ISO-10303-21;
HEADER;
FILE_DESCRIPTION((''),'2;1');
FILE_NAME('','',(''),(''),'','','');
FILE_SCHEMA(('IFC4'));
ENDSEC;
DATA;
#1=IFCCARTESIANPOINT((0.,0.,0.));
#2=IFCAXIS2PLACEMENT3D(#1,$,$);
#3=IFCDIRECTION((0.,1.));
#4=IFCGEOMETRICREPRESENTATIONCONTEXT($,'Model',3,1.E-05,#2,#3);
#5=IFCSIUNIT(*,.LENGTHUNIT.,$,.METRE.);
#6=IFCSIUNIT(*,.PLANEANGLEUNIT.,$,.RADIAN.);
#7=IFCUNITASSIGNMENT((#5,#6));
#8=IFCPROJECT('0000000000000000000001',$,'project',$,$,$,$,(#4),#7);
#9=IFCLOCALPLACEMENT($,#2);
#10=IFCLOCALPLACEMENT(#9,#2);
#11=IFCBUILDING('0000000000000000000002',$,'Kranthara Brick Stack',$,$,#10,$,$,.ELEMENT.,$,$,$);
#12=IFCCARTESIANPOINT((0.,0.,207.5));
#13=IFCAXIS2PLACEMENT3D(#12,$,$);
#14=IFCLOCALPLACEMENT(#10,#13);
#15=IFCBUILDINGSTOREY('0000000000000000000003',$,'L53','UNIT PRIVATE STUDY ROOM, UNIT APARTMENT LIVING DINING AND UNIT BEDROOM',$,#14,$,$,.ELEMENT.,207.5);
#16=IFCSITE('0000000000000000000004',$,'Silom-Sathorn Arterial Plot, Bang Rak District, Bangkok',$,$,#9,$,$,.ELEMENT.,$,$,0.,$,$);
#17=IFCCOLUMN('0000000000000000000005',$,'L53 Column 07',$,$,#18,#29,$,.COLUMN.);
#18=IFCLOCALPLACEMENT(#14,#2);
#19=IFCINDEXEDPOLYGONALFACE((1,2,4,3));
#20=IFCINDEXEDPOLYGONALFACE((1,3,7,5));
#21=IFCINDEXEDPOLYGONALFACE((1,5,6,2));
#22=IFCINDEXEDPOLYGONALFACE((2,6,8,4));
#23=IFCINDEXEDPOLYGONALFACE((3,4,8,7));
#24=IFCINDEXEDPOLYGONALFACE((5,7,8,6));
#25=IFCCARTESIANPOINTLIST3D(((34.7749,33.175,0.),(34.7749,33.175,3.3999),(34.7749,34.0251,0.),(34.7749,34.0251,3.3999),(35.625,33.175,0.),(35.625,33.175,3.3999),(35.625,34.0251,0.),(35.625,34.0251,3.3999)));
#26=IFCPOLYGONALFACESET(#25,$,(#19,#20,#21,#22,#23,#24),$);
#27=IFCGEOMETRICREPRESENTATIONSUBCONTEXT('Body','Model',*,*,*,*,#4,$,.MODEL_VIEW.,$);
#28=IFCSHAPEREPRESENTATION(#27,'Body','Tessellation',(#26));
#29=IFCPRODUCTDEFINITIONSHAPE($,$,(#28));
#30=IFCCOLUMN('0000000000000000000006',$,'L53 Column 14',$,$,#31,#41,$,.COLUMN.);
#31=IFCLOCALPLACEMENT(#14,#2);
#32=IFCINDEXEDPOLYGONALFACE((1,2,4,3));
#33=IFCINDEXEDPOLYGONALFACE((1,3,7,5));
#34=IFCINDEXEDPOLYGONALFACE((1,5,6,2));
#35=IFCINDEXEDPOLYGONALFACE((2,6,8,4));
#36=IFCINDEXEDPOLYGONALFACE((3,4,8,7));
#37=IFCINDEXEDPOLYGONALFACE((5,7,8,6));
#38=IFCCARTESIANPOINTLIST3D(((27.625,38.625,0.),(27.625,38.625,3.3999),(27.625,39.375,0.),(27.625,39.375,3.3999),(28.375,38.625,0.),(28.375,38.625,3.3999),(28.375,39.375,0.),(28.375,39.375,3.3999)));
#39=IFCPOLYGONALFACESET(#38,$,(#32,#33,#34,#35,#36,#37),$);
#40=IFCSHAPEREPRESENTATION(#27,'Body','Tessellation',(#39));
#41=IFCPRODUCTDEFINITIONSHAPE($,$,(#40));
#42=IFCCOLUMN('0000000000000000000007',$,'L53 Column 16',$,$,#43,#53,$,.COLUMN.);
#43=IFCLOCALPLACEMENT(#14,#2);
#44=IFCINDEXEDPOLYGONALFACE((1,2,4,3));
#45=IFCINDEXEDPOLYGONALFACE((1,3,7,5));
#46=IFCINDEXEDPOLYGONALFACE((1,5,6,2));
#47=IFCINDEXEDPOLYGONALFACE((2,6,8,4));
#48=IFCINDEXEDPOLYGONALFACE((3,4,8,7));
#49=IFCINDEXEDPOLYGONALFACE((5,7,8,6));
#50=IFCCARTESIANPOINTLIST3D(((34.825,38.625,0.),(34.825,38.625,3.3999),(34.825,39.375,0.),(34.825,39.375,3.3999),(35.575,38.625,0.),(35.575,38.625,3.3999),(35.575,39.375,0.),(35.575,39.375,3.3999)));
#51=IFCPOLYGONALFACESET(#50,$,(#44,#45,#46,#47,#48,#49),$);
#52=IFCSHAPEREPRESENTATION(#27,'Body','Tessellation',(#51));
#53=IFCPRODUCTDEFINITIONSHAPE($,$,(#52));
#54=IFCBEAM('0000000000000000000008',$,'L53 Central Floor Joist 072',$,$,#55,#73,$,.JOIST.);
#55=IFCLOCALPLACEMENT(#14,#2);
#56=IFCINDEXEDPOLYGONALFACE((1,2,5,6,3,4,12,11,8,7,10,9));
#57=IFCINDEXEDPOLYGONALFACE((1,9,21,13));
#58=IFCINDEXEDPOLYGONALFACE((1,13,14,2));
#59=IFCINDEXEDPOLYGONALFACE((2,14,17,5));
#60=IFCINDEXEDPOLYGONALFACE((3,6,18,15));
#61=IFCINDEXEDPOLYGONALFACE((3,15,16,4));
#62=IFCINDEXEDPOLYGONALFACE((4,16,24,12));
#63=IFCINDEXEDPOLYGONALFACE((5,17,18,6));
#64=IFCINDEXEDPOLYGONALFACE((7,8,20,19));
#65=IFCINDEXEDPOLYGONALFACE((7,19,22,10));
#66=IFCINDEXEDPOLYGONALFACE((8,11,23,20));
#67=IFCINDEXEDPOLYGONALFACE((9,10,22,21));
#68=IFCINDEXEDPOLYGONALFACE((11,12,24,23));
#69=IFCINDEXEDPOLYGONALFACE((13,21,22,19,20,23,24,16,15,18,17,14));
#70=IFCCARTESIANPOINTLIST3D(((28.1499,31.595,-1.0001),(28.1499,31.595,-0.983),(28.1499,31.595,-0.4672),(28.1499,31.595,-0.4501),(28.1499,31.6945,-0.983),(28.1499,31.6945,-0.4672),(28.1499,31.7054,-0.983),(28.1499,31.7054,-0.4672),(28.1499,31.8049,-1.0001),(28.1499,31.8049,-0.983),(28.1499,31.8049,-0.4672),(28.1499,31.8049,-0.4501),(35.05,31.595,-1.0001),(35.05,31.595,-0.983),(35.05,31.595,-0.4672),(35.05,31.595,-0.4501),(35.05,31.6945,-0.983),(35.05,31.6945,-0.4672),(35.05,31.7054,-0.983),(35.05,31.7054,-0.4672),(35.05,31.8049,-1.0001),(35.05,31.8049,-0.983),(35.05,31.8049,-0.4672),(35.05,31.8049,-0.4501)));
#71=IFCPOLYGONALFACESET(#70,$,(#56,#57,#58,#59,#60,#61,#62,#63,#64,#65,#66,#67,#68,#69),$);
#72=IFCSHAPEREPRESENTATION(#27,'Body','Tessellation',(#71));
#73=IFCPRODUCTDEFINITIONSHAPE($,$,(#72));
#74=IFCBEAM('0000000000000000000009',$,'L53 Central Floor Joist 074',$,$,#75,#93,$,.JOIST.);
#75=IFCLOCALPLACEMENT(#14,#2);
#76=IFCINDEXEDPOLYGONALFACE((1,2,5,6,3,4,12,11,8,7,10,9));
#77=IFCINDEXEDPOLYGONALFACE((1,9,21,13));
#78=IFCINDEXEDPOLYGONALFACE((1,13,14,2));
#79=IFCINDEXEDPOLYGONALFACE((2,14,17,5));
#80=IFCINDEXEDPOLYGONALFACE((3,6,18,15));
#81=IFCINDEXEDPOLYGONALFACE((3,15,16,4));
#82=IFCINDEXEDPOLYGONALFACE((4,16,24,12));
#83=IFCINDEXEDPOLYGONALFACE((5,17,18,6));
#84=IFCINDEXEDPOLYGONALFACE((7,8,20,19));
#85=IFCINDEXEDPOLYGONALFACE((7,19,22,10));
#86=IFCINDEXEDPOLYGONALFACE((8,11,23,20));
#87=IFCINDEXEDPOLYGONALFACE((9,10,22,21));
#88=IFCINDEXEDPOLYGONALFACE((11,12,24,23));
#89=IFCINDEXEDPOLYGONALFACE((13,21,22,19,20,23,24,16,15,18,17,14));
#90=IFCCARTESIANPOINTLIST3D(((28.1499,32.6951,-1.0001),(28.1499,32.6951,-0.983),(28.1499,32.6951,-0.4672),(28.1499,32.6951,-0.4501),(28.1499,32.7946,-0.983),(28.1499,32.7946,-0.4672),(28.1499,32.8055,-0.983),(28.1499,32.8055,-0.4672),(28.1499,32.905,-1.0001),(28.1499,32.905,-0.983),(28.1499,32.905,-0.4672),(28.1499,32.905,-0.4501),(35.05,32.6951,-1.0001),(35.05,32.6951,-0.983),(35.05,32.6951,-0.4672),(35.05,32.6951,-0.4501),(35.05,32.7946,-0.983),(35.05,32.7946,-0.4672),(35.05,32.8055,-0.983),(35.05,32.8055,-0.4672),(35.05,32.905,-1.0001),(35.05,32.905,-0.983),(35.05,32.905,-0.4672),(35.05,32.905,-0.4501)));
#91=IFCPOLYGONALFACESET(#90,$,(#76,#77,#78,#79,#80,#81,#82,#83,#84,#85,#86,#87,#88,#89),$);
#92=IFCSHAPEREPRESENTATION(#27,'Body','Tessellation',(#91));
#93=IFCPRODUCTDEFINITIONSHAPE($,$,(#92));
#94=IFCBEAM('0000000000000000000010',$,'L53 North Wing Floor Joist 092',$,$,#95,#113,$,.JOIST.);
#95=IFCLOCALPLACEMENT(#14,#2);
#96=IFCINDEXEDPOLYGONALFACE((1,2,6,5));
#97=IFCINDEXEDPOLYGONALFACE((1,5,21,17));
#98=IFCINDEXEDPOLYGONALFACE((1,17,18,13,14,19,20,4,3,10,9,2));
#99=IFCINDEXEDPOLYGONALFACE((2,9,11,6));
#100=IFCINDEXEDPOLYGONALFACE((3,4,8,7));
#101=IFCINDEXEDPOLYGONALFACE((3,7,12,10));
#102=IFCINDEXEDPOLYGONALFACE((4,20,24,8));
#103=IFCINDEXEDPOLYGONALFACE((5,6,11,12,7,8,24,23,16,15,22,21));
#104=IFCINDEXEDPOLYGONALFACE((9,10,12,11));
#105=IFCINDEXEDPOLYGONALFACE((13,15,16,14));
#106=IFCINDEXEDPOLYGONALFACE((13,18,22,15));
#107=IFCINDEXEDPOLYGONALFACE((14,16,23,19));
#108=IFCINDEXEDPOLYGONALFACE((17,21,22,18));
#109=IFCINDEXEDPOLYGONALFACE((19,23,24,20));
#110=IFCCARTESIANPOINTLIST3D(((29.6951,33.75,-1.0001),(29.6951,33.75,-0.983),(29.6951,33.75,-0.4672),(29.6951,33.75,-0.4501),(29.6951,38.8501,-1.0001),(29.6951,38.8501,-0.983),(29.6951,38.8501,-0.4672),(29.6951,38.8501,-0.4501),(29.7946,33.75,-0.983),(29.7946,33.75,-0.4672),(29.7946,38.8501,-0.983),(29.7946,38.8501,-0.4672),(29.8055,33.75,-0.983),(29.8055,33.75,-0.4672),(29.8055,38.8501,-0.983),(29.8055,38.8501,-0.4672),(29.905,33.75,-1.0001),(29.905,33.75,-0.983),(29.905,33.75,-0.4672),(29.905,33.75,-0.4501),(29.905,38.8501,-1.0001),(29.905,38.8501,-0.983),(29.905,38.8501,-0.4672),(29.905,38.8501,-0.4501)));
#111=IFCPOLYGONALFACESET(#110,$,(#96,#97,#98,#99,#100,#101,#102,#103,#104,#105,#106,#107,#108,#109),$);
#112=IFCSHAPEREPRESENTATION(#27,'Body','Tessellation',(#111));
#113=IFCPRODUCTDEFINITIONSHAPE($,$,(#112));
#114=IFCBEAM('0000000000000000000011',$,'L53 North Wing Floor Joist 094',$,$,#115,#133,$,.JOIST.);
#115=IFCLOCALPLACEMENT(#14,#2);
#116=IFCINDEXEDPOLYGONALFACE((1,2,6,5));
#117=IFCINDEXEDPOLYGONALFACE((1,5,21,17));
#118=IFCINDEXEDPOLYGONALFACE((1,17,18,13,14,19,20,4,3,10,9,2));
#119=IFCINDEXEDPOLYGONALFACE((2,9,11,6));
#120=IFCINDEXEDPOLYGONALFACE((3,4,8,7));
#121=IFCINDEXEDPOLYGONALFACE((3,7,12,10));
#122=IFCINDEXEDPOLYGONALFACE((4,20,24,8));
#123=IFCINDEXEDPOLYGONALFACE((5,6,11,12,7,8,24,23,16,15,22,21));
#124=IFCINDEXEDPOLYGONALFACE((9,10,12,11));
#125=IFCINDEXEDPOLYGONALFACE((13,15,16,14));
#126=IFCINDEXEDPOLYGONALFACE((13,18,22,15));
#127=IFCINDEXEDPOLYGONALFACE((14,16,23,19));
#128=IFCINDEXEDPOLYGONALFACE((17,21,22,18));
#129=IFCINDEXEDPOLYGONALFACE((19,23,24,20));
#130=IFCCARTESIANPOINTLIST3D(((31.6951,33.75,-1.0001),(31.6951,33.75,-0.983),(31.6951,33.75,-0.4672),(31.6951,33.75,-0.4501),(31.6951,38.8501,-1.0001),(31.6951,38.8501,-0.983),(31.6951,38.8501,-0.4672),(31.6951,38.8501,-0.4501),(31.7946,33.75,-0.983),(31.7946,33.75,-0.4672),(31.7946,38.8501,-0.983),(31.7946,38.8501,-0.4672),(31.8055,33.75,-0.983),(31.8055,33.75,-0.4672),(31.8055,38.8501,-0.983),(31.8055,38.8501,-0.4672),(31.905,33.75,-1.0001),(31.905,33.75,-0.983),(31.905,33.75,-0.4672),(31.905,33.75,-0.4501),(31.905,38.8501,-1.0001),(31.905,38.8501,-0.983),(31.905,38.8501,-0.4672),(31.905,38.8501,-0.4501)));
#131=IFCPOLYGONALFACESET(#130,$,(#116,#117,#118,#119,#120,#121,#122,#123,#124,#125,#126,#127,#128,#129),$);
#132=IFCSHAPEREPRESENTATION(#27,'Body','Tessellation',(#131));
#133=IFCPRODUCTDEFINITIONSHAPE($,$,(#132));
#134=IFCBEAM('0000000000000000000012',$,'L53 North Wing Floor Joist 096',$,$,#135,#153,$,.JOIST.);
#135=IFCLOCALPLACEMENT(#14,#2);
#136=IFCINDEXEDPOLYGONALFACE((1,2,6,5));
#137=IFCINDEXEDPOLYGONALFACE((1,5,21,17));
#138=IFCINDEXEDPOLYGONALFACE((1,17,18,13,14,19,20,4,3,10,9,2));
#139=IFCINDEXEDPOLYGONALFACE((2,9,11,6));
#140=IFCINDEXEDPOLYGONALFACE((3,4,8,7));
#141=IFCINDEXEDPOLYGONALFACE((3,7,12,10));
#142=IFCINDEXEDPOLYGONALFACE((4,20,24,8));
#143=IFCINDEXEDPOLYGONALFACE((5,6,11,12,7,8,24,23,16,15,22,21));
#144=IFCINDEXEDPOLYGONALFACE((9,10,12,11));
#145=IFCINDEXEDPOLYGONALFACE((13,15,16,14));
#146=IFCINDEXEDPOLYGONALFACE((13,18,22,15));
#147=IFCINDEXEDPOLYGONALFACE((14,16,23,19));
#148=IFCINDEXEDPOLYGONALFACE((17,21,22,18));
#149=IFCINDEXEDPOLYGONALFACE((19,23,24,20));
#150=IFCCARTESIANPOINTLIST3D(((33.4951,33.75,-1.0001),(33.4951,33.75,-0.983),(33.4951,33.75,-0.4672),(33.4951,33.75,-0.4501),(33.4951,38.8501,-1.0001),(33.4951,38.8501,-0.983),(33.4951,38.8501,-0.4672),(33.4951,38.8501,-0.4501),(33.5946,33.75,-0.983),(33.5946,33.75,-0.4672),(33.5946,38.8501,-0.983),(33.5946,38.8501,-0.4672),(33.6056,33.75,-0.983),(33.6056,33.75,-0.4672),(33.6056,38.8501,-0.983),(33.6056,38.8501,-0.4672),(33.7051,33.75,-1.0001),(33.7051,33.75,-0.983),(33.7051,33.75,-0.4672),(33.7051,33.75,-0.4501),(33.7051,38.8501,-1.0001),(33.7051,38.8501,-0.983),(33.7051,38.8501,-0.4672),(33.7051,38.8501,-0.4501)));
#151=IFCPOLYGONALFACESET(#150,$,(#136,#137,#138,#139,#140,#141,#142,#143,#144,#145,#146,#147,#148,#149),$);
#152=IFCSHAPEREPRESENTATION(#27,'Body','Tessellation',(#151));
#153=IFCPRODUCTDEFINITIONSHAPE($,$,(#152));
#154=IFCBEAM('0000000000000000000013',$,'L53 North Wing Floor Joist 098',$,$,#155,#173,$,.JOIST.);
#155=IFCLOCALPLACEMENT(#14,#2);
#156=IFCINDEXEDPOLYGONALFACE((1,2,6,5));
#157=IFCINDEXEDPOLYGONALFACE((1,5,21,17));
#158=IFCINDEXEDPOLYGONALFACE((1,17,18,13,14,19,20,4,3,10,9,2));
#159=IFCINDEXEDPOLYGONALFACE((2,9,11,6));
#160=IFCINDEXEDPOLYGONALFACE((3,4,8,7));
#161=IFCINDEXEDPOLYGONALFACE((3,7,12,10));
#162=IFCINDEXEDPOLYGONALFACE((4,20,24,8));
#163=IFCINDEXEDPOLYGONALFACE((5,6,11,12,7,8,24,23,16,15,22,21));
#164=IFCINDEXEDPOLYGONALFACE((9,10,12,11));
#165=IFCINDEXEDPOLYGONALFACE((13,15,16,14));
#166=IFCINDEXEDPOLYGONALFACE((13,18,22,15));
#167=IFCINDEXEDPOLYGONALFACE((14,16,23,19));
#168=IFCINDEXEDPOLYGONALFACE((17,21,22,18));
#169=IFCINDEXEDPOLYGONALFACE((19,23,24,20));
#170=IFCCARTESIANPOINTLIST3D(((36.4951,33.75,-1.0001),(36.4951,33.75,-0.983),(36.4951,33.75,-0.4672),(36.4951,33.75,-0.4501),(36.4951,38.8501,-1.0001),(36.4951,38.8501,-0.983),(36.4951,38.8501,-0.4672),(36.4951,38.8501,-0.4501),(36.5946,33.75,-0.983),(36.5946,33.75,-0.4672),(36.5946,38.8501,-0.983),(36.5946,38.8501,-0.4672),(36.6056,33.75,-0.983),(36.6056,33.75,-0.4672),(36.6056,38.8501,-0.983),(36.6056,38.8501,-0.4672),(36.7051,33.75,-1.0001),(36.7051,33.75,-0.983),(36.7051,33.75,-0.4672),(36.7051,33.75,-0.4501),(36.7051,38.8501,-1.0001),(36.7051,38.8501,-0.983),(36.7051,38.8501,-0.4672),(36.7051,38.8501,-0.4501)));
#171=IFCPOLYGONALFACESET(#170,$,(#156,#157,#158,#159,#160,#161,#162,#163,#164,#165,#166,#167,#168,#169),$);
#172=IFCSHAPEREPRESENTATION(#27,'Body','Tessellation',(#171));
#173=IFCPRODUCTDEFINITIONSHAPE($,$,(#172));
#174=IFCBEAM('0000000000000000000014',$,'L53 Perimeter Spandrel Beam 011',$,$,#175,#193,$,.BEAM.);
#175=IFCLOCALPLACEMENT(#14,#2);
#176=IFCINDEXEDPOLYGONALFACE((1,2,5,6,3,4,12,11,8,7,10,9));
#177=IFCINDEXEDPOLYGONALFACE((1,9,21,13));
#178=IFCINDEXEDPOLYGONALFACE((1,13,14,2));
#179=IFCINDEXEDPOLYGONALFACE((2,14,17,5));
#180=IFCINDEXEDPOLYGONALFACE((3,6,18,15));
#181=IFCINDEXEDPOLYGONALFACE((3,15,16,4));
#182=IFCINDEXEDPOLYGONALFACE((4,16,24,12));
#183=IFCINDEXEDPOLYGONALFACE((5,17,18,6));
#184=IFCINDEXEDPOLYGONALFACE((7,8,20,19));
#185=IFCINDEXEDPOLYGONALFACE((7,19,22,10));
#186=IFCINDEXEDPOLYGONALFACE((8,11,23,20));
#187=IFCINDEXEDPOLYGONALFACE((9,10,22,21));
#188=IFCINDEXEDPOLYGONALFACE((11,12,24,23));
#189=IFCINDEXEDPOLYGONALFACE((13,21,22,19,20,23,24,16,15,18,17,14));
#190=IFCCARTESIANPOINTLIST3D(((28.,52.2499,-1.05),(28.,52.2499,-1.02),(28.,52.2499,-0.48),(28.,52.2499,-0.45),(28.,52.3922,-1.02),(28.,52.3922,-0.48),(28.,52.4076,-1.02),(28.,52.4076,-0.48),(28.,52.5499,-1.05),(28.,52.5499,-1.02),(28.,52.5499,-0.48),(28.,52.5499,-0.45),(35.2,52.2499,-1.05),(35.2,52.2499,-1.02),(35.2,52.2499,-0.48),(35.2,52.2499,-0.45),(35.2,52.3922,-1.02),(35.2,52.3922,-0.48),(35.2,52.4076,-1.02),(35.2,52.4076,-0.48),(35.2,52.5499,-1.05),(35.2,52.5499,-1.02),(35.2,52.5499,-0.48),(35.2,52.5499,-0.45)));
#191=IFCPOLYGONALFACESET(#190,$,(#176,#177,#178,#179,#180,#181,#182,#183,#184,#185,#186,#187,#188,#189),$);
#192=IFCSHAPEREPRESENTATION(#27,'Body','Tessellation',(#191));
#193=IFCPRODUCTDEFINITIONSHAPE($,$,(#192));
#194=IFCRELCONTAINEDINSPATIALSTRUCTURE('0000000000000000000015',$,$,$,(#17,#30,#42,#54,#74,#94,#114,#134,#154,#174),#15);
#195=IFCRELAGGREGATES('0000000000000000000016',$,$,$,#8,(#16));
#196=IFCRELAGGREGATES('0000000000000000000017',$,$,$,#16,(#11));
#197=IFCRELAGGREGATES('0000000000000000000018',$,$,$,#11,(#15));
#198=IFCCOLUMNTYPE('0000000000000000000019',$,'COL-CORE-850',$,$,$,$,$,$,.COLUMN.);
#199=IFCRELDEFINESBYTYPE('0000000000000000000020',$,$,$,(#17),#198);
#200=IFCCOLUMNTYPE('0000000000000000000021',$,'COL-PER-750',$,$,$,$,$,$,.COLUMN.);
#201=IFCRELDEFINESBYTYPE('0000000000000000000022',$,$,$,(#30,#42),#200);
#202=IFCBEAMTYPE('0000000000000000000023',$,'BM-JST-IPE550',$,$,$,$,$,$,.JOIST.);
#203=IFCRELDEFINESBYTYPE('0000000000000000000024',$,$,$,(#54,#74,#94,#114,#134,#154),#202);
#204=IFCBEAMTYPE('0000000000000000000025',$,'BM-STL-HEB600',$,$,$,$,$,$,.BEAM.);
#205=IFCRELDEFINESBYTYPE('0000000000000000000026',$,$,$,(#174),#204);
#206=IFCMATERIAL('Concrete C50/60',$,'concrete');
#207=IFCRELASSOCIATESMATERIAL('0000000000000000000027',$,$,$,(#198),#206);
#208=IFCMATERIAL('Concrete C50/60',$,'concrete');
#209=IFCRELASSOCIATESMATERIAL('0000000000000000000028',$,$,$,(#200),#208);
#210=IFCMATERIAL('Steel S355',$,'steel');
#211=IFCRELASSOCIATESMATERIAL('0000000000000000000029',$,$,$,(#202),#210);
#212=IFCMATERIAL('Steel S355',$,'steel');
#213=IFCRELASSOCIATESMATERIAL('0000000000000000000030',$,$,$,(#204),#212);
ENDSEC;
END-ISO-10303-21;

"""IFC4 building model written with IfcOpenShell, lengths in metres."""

from ifc_helpers import new_model, si_unit, direction, frame, origin, origin_2d, place, context, subcontext, project, spatial, rectangle, i_section, extrude, material, material_profile, profile_set, type_object, element, save


model = new_model("IFC4")

# Units and contexts
model_context = context("Model", 3, precision=1e-05, world=origin(), true_north=direction((0.0, 1.0)))
body_context = subcontext(model_context, "Body", "Model", "MODEL_VIEW")
ifc_project = project(units=[si_unit("LENGTHUNIT", "METRE"), si_unit("PLANEANGLEUNIT", "RADIAN")], contexts=[model_context])

# Site, building, storey
site_placement = place(None, origin())
site = spatial("IfcSite", under=ifc_project, at=site_placement, Name="Silom-Sathorn Arterial Plot, Bang Rak District, Bangkok", CompositionType="ELEMENT", RefElevation=0.0)
building_placement = place(site_placement, origin())
building = spatial("IfcBuilding", under=site, at=building_placement, Name="Kranthara Brick Stack", CompositionType="ELEMENT")
storey_placement = place(building_placement, frame((0.0, 0.0, 207.5)))
storey = spatial("IfcBuildingStorey", under=building, at=storey_placement, Name="L53", Description="UNIT PRIVATE STUDY ROOM, UNIT APARTMENT LIVING DINING AND UNIT BEDROOM", CompositionType="ELEMENT", Elevation=207.5)

# Columns
ifc_material_1 = material(Name="Concrete C50/60", Category="concrete")
ifc_material_profile_1 = material_profile(ifc_material_1, rectangle(XDim=0.8501, YDim=0.8501, at=origin_2d()), Name="RC 850x850")
ifc_profile_set_1 = profile_set([ifc_material_profile_1], Name="Concrete C50/60")
column_type_1 = type_object("IfcColumnType", Name="COL-CORE-850", PredefinedType="COLUMN", material=ifc_profile_set_1)
column_placement = place(storey_placement, frame((35.2, 33.6001, 0.0), z_axis=(0.0, 0.0, 1.0), x_axis=(1.0, 0.0, 0.0)))
element("IfcColumn", 1, at=column_placement, inside=storey, type_object=column_type_1, Name="L53 Column 07", PredefinedType="COLUMN", context=body_context, shape_type="SweptSolid", body=[
    extrude(rectangle(XDim=0.8501, YDim=0.8501, at=origin_2d()), origin(), (0.0, 0.0, 1.0), 3.3999),
])
ifc_material_2 = material(Name="Concrete C50/60", Category="concrete")
ifc_material_profile_2 = material_profile(ifc_material_2, rectangle(XDim=0.75, YDim=0.75, at=origin_2d()), Name="RC 750x750")
ifc_profile_set_2 = profile_set([ifc_material_profile_2], Name="Concrete C50/60")
column_type_2 = type_object("IfcColumnType", Name="COL-PER-750", PredefinedType="COLUMN", material=ifc_profile_set_2)
for number, where, z_axis, x_axis, name in (
    (2, (28.0, 39.0, 0.0), (0.0, 0.0, 1.0), (1.0, 0.0, 0.0), "L53 Column 14"),
    (3, (35.2, 39.0, 0.0), (0.0, 0.0, 1.0), (1.0, 0.0, 0.0), "L53 Column 16"),
):
    element("IfcColumn", number, at=place(storey_placement, frame(where, z_axis=z_axis, x_axis=x_axis)), inside=storey, type_object=column_type_2, Name=name, PredefinedType="COLUMN", context=body_context, shape_type="SweptSolid", body=[
        extrude(rectangle(XDim=0.75, YDim=0.75, at=origin_2d()), origin(), (0.0, 0.0, 1.0), 3.3999),
    ])

# Beams
ifc_material_3 = material(Name="Steel S355", Category="steel")
ifc_material_profile_3 = material_profile(ifc_material_3, i_section(OverallWidth=0.21, OverallDepth=0.55, WebThickness=0.011, FlangeThickness=0.0171, at=origin_2d()), Name="IPE 550")
ifc_profile_set_3 = profile_set([ifc_material_profile_3], Name="Steel S355")
beam_type_1 = type_object("IfcBeamType", Name="BM-JST-IPE550", PredefinedType="JOIST", material=ifc_profile_set_3)
for number, where, z_axis, x_axis, name in (
    (4, (28.1499, 31.7, -0.7251), (1.0, 0.0, 0.0), (0.0, 1.0, 0.0), "L53 Central Floor Joist 072"),
    (5, (28.1499, 32.8, -0.7251), (1.0, 0.0, 0.0), (0.0, 1.0, 0.0), "L53 Central Floor Joist 074"),
):
    element("IfcBeam", number, at=place(storey_placement, frame(where, z_axis=z_axis, x_axis=x_axis)), inside=storey, type_object=beam_type_1, Name=name, PredefinedType="JOIST", context=body_context, shape_type="SweptSolid", body=[
        extrude(i_section(OverallWidth=0.21, OverallDepth=0.55, WebThickness=0.011, FlangeThickness=0.0171, at=origin_2d()), origin(), (0.0, 0.0, 1.0), 6.9001),
    ])
for number, where, z_axis, x_axis, name in (
    (6, (29.8, 33.75, -0.7251), (0.0, 1.0, 0.0), (-1.0, 0.0, 0.0), "L53 North Wing Floor Joist 092"),
    (7, (31.8, 33.75, -0.7251), (0.0, 1.0, 0.0), (-1.0, 0.0, 0.0), "L53 North Wing Floor Joist 094"),
    (8, (33.6001, 33.75, -0.7251), (0.0, 1.0, 0.0), (-1.0, 0.0, 0.0), "L53 North Wing Floor Joist 096"),
    (9, (36.6001, 33.75, -0.7251), (0.0, 1.0, 0.0), (-1.0, 0.0, 0.0), "L53 North Wing Floor Joist 098"),
):
    element("IfcBeam", number, at=place(storey_placement, frame(where, z_axis=z_axis, x_axis=x_axis)), inside=storey, type_object=beam_type_1, Name=name, PredefinedType="JOIST", context=body_context, shape_type="SweptSolid", body=[
        extrude(i_section(OverallWidth=0.21, OverallDepth=0.55, WebThickness=0.011, FlangeThickness=0.0171, at=origin_2d()), origin(), (0.0, 0.0, 1.0), 5.1001),
    ])
ifc_material_4 = material(Name="Steel S355", Category="steel")
ifc_material_profile_4 = material_profile(ifc_material_4, i_section(OverallWidth=0.3, OverallDepth=0.6001, WebThickness=0.0154, FlangeThickness=0.03, at=origin_2d()), Name="HEB 600")
ifc_profile_set_4 = profile_set([ifc_material_profile_4], Name="Steel S355")
beam_type_2 = type_object("IfcBeamType", Name="BM-STL-HEB600", PredefinedType="BEAM", material=ifc_profile_set_4)
beam_1_placement = place(storey_placement, frame((28.0, 52.3999, -0.75), z_axis=(1.0, 0.0, 0.0), x_axis=(0.0, 1.0, 0.0)))
element("IfcBeam", 10, at=beam_1_placement, inside=storey, type_object=beam_type_2, Name="L53 Perimeter Spandrel Beam 011", PredefinedType="BEAM", context=body_context, shape_type="SweptSolid", body=[
    extrude(i_section(OverallWidth=0.3, OverallDepth=0.6001, WebThickness=0.0154, FlangeThickness=0.03, at=origin_2d()), origin(), (0.0, 0.0, 1.0), 7.2),
])

save(model, "model.ifc")
